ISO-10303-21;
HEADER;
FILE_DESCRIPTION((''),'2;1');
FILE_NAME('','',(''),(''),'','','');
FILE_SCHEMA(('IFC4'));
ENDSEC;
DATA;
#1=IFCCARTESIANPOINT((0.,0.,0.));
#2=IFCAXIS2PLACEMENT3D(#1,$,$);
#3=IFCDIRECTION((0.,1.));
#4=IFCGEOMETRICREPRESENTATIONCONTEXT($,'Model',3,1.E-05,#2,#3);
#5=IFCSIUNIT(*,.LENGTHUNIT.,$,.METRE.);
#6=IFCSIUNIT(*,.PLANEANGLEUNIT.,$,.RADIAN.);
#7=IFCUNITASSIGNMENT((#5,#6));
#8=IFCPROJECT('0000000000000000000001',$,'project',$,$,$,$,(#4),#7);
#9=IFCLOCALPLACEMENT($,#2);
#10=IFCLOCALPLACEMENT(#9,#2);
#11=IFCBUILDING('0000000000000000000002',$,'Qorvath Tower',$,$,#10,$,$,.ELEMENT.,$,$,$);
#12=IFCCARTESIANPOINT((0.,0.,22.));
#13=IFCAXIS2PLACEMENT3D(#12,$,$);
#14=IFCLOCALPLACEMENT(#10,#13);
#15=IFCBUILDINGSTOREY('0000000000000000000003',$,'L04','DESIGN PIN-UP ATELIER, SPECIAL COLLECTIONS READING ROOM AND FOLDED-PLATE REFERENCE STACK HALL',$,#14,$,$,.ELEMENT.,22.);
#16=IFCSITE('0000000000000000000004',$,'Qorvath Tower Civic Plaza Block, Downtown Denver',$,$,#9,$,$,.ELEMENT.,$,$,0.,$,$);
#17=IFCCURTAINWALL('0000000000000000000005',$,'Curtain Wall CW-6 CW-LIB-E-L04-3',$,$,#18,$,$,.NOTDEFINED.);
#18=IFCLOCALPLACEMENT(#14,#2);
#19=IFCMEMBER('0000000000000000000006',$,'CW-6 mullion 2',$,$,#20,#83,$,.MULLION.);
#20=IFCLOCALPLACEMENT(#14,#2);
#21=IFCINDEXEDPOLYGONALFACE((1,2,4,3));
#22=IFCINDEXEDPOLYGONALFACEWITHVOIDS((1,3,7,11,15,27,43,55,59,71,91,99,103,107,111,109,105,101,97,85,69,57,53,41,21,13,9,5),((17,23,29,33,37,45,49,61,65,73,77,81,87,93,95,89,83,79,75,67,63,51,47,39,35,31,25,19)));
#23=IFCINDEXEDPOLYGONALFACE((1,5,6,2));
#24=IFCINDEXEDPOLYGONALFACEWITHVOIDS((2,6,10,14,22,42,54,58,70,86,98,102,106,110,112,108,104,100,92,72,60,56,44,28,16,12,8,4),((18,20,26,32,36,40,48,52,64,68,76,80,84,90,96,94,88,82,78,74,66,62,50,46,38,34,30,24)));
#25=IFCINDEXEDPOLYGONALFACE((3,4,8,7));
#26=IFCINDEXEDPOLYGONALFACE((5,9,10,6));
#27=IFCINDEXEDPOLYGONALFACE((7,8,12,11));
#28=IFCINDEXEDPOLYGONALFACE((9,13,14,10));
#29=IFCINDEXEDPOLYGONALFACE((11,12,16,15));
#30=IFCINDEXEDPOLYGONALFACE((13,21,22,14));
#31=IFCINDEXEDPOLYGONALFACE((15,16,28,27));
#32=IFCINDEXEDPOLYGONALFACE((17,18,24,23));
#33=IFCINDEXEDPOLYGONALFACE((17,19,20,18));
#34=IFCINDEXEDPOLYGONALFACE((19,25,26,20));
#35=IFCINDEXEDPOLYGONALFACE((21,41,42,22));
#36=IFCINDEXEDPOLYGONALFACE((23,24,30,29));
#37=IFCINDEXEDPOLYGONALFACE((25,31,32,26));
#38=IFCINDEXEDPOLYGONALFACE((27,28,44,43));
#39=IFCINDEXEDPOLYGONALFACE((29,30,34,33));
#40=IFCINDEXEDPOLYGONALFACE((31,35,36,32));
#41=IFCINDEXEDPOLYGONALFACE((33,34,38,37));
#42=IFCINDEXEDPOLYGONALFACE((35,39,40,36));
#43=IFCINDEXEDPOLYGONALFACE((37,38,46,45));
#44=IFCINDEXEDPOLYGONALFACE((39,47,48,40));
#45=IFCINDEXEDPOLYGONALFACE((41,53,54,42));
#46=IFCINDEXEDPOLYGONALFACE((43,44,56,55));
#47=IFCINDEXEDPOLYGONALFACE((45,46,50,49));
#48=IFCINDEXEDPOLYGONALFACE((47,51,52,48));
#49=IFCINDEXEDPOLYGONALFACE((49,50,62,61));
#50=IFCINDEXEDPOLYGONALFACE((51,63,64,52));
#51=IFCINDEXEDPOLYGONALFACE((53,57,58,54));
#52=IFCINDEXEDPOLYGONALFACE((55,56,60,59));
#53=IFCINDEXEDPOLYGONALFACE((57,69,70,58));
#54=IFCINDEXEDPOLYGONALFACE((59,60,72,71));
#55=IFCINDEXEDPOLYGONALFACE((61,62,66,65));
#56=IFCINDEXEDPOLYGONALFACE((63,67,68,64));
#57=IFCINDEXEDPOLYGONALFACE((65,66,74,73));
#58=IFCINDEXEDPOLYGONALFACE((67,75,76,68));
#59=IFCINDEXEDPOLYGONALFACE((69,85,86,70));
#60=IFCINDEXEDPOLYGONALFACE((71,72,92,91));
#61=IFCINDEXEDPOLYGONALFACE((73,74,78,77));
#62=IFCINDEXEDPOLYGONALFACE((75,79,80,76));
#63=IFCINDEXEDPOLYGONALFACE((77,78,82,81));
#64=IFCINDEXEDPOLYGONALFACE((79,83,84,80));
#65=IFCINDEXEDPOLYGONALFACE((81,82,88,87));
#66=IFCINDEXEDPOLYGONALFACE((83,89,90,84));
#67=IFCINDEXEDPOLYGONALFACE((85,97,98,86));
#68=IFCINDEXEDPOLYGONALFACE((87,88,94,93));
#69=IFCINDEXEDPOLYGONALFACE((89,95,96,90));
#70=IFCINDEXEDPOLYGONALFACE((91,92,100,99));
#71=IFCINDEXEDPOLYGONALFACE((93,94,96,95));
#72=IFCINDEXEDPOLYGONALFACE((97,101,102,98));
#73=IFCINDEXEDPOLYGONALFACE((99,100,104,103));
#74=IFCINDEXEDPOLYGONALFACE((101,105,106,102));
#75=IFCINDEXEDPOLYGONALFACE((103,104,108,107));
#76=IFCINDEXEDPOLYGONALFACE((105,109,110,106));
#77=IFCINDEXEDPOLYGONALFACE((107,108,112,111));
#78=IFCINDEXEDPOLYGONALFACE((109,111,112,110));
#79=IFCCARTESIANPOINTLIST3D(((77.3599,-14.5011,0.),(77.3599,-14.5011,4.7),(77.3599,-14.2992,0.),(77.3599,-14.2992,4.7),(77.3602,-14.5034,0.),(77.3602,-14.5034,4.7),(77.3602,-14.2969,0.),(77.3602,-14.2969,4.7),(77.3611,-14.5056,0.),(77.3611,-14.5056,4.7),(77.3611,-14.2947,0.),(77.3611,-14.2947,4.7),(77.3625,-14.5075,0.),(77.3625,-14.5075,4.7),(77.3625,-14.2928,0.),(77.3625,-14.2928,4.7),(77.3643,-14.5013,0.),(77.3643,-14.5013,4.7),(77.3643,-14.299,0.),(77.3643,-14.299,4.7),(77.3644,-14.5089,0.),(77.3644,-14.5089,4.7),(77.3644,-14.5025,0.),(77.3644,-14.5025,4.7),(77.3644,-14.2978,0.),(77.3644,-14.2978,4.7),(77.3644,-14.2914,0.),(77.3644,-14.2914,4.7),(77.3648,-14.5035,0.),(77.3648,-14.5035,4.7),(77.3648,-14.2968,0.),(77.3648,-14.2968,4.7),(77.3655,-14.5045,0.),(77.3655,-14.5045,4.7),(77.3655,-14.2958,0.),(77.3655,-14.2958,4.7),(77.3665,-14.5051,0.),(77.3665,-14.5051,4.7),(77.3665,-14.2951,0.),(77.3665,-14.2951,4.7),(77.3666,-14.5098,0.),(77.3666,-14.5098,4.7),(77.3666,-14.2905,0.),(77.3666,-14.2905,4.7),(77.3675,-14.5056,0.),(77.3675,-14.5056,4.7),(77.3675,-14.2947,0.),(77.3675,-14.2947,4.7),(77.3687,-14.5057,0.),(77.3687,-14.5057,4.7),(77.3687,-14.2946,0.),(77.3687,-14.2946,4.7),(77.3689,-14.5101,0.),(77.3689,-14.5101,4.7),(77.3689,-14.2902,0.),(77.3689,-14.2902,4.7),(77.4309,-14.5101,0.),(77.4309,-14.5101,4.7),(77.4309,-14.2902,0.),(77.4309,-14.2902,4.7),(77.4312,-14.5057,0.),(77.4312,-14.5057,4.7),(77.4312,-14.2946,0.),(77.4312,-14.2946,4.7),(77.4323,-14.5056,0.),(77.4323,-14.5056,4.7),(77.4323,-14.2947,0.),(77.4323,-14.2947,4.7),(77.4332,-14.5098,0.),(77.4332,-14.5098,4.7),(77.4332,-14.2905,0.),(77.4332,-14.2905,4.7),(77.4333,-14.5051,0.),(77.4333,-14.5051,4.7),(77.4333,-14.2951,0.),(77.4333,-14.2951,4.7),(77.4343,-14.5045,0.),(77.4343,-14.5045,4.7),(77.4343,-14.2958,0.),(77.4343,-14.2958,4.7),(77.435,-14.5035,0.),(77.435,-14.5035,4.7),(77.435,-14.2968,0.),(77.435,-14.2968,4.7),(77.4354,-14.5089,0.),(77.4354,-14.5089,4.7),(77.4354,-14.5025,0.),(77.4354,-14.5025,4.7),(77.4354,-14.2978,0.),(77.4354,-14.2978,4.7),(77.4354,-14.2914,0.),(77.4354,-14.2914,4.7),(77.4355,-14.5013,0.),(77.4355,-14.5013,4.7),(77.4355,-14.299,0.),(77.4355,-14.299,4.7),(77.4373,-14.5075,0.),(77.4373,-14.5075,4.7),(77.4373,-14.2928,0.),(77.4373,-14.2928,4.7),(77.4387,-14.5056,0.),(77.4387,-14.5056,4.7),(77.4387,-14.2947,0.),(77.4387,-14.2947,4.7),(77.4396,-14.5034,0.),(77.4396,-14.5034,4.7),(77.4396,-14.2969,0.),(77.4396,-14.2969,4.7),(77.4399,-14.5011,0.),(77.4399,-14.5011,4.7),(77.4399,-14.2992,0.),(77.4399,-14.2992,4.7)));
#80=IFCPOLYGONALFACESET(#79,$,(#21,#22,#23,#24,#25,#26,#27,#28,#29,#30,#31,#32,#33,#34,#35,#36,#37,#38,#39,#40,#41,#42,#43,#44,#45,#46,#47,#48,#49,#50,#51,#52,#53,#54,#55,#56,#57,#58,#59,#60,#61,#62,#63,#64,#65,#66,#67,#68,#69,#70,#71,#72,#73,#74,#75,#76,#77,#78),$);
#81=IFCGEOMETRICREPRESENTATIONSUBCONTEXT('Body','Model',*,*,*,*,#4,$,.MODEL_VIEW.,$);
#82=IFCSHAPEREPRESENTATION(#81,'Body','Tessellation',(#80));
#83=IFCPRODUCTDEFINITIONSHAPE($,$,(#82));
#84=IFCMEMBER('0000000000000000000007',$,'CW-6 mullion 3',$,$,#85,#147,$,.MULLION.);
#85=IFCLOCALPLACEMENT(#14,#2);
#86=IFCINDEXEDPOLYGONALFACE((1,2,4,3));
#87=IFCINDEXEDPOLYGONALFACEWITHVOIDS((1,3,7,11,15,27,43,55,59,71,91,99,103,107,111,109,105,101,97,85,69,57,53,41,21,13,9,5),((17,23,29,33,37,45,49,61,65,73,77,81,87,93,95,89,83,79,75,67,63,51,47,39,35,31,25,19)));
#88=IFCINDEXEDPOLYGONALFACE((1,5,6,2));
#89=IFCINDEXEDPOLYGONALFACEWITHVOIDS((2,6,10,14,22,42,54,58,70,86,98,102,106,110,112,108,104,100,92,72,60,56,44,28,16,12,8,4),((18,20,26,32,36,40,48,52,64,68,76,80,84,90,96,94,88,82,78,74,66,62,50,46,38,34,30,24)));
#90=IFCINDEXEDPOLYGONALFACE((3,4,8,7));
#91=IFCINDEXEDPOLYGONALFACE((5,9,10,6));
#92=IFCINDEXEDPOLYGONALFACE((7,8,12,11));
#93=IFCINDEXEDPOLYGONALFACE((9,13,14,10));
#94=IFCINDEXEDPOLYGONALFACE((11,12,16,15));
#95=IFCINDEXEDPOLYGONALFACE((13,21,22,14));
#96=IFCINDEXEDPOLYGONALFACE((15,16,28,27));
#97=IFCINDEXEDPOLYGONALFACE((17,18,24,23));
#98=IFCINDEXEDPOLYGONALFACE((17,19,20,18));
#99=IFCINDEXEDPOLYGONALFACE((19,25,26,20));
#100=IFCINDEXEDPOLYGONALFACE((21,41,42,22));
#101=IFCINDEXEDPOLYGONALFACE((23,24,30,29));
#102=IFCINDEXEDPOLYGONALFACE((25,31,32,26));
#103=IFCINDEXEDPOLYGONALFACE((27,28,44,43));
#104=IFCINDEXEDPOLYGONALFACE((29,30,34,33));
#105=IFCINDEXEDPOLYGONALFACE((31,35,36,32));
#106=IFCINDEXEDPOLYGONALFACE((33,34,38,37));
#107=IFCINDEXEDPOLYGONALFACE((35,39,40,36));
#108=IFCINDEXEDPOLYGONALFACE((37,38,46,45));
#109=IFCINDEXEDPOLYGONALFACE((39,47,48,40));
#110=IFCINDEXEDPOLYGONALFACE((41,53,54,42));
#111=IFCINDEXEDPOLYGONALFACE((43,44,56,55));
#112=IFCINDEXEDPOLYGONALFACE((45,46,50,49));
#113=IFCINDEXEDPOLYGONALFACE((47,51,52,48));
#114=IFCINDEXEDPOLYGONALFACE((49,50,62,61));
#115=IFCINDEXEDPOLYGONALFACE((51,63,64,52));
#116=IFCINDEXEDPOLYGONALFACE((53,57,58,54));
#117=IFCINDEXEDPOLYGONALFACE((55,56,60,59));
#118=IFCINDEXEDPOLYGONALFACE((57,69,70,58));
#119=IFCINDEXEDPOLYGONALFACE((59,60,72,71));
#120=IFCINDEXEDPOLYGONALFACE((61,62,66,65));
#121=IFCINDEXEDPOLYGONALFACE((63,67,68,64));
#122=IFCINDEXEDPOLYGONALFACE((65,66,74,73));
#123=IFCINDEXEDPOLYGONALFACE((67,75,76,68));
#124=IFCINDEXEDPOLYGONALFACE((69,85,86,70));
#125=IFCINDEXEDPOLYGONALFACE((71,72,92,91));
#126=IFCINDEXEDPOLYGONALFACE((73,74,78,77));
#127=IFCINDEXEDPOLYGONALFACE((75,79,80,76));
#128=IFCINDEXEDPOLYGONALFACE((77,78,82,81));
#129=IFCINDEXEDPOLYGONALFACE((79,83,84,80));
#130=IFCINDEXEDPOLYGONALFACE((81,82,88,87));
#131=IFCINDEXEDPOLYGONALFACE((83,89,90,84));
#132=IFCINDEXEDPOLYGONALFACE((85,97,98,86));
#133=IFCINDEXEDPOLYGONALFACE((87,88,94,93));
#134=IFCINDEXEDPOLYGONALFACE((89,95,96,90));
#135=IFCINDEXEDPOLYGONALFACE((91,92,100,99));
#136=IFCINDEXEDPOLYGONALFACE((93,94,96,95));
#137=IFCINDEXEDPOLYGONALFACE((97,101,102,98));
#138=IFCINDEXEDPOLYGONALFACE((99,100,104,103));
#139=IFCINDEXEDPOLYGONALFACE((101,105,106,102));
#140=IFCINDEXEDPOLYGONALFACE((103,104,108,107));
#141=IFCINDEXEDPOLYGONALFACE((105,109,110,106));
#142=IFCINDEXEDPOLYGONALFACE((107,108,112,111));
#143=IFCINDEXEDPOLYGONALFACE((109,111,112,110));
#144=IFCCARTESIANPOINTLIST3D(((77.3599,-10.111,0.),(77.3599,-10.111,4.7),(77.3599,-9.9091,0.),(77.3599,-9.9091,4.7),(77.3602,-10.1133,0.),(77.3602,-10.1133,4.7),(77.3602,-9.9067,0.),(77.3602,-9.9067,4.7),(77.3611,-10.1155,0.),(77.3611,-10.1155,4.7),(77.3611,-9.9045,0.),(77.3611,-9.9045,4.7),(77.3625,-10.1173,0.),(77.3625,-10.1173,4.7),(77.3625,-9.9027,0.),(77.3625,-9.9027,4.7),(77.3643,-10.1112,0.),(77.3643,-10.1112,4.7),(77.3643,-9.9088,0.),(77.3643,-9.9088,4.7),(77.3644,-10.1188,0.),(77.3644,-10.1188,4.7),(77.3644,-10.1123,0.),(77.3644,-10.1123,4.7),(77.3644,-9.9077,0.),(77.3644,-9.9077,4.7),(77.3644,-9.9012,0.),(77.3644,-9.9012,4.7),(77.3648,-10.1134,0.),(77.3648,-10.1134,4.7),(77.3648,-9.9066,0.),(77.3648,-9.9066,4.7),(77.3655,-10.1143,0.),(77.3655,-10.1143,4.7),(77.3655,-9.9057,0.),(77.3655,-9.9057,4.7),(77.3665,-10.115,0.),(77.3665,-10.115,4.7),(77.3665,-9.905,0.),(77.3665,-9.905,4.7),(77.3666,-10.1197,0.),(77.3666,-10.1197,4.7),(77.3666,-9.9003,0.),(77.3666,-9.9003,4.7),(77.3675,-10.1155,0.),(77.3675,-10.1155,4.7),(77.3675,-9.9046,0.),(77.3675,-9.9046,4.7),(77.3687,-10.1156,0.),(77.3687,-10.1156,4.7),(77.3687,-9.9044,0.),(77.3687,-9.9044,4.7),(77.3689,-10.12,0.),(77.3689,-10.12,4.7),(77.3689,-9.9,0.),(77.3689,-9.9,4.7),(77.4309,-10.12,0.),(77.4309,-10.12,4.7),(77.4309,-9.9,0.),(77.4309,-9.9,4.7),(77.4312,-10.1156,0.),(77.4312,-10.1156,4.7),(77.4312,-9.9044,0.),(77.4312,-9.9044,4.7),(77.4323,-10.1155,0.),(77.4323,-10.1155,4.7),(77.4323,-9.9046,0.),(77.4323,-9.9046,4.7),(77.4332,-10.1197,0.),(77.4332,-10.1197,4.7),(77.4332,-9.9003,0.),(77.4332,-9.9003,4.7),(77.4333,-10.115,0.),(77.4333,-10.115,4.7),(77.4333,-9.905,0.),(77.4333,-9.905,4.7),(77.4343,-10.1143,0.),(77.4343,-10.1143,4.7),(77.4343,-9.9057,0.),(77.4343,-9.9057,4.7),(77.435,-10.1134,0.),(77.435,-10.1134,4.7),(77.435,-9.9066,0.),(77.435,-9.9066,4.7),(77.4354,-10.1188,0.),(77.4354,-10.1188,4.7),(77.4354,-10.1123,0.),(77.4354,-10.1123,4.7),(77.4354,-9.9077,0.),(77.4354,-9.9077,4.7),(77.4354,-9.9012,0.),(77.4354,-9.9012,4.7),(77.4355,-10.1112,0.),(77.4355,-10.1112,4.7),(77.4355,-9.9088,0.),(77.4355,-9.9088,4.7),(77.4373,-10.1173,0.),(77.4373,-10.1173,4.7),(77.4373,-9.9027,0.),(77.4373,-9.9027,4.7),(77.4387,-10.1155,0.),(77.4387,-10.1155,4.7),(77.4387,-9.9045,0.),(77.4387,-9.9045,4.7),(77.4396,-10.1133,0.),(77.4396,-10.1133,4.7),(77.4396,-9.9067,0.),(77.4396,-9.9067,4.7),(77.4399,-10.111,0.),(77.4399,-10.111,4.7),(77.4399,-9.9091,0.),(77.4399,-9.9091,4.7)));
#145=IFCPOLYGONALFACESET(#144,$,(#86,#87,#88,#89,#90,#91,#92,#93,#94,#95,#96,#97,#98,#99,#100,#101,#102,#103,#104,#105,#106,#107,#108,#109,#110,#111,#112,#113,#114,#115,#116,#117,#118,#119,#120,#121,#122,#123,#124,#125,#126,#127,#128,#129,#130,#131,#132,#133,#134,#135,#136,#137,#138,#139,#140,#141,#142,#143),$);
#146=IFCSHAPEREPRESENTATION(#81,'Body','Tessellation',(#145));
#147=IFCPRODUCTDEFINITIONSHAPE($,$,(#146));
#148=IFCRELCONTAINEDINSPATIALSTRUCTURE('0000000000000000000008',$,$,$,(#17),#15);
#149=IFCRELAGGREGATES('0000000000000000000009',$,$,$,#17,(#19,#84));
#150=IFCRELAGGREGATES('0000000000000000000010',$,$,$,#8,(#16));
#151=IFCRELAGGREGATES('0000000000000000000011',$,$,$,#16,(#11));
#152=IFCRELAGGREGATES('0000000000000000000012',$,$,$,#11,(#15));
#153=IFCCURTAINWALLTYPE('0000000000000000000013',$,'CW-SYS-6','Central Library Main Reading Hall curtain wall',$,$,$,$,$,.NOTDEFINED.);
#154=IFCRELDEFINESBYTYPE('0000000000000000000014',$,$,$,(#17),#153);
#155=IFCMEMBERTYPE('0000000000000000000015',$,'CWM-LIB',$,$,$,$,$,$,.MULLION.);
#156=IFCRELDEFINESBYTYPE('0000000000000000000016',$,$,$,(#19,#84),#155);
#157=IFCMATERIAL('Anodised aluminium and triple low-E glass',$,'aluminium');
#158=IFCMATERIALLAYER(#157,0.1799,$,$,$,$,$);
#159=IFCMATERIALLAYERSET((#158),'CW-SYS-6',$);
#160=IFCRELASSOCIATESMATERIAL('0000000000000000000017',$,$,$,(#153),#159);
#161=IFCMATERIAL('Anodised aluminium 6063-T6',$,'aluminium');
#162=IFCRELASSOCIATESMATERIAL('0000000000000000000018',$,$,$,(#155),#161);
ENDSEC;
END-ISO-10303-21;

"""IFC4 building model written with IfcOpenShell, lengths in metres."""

from ifc_helpers import new_model, si_unit, direction, frame, origin, origin_2d, place, context, subcontext, project, spatial, hollow_rectangle, extrude, material, layer, layer_set, material_profile, profile_set, type_object, element, aggregate, save


model = new_model("IFC4")

# Units and contexts
model_context = context("Model", 3, precision=1e-05, world=origin(), true_north=direction((0.0, 1.0)))
body_context = subcontext(model_context, "Body", "Model", "MODEL_VIEW")
ifc_project = project(units=[si_unit("LENGTHUNIT", "METRE"), si_unit("PLANEANGLEUNIT", "RADIAN")], contexts=[model_context])

# Site, building, storey
site_placement = place(None, origin())
site = spatial("IfcSite", under=ifc_project, at=site_placement, Name="Qorvath Tower Civic Plaza Block, Downtown Denver", CompositionType="ELEMENT", RefElevation=0.0)
building_placement = place(site_placement, origin())
building = spatial("IfcBuilding", under=site, at=building_placement, Name="Qorvath Tower", CompositionType="ELEMENT")
storey_placement = place(building_placement, frame((0.0, 0.0, 22.0)))
storey = spatial("IfcBuildingStorey", under=building, at=storey_placement, Name="L04", Description="DESIGN PIN-UP ATELIER, SPECIAL COLLECTIONS READING ROOM AND FOLDED-PLATE REFERENCE STACK HALL", CompositionType="ELEMENT", Elevation=22.0)

# Curtain wall, members
ifc_material_1 = material(Name="Anodised aluminium and triple low-E glass", Category="aluminium")
ifc_layer_1 = layer(ifc_material_1, 0.1799)
ifc_layer_set_1 = layer_set([ifc_layer_1], Name="CW-SYS-6")
curtain_wall_type = type_object("IfcCurtainWallType", Name="CW-SYS-6", Description="Central Library Main Reading Hall curtain wall", PredefinedType="NOTDEFINED", material=ifc_layer_set_1)
curtain_wall_placement = place(storey_placement, origin())
curtain_wall = element("IfcCurtainWall", 1, at=curtain_wall_placement, inside=storey, type_object=curtain_wall_type, Name="Curtain Wall CW-6 CW-LIB-E-L04-3", PredefinedType="NOTDEFINED")
ifc_material_2 = material(Name="Anodised aluminium 6063-T6", Category="aluminium")
ifc_material_profile_1 = material_profile(ifc_material_2, hollow_rectangle(XDim=0.0801, YDim=0.22, WallThickness=0.0044, InnerFilletRadius=0.0044, OuterFilletRadius=0.009, at=origin_2d()), Name="CWM LIB 220x80")
ifc_profile_set_1 = profile_set([ifc_material_profile_1], Name="Anodised aluminium 6063-T6")
member_type_1 = type_object("IfcMemberType", Name="CWM-LIB", PredefinedType="MULLION", material=ifc_profile_set_1)
member_1_placement = place(storey_placement, frame((77.3999, -14.4001, 0.0), z_axis=(0.0, 0.0, 1.0), x_axis=(-1.0, 0.0, 0.0)))
member_1 = element("IfcMember", 2, at=member_1_placement, type_object=member_type_1, Name="CW-6 mullion 2", PredefinedType="MULLION", context=body_context, shape_type="SweptSolid", body=[
    extrude(hollow_rectangle(XDim=0.0801, YDim=0.22, WallThickness=0.0044, InnerFilletRadius=0.0044, OuterFilletRadius=0.009, at=origin_2d()), origin(), (0.0, 0.0, 1.0), 4.7),
])
member_2_placement = place(storey_placement, frame((77.3999, -10.01, 0.0), z_axis=(0.0, 0.0, 1.0), x_axis=(-1.0, 0.0, 0.0)))
member_2 = element("IfcMember", 3, at=member_2_placement, type_object=member_type_1, Name="CW-6 mullion 3", PredefinedType="MULLION", context=body_context, shape_type="SweptSolid", body=[
    extrude(hollow_rectangle(XDim=0.0801, YDim=0.22, WallThickness=0.0044, InnerFilletRadius=0.0044, OuterFilletRadius=0.009, at=origin_2d()), origin(), (0.0, 0.0, 1.0), 4.7),
])
aggregate(curtain_wall, [member_1, member_2])

save(model, "model.ifc")
